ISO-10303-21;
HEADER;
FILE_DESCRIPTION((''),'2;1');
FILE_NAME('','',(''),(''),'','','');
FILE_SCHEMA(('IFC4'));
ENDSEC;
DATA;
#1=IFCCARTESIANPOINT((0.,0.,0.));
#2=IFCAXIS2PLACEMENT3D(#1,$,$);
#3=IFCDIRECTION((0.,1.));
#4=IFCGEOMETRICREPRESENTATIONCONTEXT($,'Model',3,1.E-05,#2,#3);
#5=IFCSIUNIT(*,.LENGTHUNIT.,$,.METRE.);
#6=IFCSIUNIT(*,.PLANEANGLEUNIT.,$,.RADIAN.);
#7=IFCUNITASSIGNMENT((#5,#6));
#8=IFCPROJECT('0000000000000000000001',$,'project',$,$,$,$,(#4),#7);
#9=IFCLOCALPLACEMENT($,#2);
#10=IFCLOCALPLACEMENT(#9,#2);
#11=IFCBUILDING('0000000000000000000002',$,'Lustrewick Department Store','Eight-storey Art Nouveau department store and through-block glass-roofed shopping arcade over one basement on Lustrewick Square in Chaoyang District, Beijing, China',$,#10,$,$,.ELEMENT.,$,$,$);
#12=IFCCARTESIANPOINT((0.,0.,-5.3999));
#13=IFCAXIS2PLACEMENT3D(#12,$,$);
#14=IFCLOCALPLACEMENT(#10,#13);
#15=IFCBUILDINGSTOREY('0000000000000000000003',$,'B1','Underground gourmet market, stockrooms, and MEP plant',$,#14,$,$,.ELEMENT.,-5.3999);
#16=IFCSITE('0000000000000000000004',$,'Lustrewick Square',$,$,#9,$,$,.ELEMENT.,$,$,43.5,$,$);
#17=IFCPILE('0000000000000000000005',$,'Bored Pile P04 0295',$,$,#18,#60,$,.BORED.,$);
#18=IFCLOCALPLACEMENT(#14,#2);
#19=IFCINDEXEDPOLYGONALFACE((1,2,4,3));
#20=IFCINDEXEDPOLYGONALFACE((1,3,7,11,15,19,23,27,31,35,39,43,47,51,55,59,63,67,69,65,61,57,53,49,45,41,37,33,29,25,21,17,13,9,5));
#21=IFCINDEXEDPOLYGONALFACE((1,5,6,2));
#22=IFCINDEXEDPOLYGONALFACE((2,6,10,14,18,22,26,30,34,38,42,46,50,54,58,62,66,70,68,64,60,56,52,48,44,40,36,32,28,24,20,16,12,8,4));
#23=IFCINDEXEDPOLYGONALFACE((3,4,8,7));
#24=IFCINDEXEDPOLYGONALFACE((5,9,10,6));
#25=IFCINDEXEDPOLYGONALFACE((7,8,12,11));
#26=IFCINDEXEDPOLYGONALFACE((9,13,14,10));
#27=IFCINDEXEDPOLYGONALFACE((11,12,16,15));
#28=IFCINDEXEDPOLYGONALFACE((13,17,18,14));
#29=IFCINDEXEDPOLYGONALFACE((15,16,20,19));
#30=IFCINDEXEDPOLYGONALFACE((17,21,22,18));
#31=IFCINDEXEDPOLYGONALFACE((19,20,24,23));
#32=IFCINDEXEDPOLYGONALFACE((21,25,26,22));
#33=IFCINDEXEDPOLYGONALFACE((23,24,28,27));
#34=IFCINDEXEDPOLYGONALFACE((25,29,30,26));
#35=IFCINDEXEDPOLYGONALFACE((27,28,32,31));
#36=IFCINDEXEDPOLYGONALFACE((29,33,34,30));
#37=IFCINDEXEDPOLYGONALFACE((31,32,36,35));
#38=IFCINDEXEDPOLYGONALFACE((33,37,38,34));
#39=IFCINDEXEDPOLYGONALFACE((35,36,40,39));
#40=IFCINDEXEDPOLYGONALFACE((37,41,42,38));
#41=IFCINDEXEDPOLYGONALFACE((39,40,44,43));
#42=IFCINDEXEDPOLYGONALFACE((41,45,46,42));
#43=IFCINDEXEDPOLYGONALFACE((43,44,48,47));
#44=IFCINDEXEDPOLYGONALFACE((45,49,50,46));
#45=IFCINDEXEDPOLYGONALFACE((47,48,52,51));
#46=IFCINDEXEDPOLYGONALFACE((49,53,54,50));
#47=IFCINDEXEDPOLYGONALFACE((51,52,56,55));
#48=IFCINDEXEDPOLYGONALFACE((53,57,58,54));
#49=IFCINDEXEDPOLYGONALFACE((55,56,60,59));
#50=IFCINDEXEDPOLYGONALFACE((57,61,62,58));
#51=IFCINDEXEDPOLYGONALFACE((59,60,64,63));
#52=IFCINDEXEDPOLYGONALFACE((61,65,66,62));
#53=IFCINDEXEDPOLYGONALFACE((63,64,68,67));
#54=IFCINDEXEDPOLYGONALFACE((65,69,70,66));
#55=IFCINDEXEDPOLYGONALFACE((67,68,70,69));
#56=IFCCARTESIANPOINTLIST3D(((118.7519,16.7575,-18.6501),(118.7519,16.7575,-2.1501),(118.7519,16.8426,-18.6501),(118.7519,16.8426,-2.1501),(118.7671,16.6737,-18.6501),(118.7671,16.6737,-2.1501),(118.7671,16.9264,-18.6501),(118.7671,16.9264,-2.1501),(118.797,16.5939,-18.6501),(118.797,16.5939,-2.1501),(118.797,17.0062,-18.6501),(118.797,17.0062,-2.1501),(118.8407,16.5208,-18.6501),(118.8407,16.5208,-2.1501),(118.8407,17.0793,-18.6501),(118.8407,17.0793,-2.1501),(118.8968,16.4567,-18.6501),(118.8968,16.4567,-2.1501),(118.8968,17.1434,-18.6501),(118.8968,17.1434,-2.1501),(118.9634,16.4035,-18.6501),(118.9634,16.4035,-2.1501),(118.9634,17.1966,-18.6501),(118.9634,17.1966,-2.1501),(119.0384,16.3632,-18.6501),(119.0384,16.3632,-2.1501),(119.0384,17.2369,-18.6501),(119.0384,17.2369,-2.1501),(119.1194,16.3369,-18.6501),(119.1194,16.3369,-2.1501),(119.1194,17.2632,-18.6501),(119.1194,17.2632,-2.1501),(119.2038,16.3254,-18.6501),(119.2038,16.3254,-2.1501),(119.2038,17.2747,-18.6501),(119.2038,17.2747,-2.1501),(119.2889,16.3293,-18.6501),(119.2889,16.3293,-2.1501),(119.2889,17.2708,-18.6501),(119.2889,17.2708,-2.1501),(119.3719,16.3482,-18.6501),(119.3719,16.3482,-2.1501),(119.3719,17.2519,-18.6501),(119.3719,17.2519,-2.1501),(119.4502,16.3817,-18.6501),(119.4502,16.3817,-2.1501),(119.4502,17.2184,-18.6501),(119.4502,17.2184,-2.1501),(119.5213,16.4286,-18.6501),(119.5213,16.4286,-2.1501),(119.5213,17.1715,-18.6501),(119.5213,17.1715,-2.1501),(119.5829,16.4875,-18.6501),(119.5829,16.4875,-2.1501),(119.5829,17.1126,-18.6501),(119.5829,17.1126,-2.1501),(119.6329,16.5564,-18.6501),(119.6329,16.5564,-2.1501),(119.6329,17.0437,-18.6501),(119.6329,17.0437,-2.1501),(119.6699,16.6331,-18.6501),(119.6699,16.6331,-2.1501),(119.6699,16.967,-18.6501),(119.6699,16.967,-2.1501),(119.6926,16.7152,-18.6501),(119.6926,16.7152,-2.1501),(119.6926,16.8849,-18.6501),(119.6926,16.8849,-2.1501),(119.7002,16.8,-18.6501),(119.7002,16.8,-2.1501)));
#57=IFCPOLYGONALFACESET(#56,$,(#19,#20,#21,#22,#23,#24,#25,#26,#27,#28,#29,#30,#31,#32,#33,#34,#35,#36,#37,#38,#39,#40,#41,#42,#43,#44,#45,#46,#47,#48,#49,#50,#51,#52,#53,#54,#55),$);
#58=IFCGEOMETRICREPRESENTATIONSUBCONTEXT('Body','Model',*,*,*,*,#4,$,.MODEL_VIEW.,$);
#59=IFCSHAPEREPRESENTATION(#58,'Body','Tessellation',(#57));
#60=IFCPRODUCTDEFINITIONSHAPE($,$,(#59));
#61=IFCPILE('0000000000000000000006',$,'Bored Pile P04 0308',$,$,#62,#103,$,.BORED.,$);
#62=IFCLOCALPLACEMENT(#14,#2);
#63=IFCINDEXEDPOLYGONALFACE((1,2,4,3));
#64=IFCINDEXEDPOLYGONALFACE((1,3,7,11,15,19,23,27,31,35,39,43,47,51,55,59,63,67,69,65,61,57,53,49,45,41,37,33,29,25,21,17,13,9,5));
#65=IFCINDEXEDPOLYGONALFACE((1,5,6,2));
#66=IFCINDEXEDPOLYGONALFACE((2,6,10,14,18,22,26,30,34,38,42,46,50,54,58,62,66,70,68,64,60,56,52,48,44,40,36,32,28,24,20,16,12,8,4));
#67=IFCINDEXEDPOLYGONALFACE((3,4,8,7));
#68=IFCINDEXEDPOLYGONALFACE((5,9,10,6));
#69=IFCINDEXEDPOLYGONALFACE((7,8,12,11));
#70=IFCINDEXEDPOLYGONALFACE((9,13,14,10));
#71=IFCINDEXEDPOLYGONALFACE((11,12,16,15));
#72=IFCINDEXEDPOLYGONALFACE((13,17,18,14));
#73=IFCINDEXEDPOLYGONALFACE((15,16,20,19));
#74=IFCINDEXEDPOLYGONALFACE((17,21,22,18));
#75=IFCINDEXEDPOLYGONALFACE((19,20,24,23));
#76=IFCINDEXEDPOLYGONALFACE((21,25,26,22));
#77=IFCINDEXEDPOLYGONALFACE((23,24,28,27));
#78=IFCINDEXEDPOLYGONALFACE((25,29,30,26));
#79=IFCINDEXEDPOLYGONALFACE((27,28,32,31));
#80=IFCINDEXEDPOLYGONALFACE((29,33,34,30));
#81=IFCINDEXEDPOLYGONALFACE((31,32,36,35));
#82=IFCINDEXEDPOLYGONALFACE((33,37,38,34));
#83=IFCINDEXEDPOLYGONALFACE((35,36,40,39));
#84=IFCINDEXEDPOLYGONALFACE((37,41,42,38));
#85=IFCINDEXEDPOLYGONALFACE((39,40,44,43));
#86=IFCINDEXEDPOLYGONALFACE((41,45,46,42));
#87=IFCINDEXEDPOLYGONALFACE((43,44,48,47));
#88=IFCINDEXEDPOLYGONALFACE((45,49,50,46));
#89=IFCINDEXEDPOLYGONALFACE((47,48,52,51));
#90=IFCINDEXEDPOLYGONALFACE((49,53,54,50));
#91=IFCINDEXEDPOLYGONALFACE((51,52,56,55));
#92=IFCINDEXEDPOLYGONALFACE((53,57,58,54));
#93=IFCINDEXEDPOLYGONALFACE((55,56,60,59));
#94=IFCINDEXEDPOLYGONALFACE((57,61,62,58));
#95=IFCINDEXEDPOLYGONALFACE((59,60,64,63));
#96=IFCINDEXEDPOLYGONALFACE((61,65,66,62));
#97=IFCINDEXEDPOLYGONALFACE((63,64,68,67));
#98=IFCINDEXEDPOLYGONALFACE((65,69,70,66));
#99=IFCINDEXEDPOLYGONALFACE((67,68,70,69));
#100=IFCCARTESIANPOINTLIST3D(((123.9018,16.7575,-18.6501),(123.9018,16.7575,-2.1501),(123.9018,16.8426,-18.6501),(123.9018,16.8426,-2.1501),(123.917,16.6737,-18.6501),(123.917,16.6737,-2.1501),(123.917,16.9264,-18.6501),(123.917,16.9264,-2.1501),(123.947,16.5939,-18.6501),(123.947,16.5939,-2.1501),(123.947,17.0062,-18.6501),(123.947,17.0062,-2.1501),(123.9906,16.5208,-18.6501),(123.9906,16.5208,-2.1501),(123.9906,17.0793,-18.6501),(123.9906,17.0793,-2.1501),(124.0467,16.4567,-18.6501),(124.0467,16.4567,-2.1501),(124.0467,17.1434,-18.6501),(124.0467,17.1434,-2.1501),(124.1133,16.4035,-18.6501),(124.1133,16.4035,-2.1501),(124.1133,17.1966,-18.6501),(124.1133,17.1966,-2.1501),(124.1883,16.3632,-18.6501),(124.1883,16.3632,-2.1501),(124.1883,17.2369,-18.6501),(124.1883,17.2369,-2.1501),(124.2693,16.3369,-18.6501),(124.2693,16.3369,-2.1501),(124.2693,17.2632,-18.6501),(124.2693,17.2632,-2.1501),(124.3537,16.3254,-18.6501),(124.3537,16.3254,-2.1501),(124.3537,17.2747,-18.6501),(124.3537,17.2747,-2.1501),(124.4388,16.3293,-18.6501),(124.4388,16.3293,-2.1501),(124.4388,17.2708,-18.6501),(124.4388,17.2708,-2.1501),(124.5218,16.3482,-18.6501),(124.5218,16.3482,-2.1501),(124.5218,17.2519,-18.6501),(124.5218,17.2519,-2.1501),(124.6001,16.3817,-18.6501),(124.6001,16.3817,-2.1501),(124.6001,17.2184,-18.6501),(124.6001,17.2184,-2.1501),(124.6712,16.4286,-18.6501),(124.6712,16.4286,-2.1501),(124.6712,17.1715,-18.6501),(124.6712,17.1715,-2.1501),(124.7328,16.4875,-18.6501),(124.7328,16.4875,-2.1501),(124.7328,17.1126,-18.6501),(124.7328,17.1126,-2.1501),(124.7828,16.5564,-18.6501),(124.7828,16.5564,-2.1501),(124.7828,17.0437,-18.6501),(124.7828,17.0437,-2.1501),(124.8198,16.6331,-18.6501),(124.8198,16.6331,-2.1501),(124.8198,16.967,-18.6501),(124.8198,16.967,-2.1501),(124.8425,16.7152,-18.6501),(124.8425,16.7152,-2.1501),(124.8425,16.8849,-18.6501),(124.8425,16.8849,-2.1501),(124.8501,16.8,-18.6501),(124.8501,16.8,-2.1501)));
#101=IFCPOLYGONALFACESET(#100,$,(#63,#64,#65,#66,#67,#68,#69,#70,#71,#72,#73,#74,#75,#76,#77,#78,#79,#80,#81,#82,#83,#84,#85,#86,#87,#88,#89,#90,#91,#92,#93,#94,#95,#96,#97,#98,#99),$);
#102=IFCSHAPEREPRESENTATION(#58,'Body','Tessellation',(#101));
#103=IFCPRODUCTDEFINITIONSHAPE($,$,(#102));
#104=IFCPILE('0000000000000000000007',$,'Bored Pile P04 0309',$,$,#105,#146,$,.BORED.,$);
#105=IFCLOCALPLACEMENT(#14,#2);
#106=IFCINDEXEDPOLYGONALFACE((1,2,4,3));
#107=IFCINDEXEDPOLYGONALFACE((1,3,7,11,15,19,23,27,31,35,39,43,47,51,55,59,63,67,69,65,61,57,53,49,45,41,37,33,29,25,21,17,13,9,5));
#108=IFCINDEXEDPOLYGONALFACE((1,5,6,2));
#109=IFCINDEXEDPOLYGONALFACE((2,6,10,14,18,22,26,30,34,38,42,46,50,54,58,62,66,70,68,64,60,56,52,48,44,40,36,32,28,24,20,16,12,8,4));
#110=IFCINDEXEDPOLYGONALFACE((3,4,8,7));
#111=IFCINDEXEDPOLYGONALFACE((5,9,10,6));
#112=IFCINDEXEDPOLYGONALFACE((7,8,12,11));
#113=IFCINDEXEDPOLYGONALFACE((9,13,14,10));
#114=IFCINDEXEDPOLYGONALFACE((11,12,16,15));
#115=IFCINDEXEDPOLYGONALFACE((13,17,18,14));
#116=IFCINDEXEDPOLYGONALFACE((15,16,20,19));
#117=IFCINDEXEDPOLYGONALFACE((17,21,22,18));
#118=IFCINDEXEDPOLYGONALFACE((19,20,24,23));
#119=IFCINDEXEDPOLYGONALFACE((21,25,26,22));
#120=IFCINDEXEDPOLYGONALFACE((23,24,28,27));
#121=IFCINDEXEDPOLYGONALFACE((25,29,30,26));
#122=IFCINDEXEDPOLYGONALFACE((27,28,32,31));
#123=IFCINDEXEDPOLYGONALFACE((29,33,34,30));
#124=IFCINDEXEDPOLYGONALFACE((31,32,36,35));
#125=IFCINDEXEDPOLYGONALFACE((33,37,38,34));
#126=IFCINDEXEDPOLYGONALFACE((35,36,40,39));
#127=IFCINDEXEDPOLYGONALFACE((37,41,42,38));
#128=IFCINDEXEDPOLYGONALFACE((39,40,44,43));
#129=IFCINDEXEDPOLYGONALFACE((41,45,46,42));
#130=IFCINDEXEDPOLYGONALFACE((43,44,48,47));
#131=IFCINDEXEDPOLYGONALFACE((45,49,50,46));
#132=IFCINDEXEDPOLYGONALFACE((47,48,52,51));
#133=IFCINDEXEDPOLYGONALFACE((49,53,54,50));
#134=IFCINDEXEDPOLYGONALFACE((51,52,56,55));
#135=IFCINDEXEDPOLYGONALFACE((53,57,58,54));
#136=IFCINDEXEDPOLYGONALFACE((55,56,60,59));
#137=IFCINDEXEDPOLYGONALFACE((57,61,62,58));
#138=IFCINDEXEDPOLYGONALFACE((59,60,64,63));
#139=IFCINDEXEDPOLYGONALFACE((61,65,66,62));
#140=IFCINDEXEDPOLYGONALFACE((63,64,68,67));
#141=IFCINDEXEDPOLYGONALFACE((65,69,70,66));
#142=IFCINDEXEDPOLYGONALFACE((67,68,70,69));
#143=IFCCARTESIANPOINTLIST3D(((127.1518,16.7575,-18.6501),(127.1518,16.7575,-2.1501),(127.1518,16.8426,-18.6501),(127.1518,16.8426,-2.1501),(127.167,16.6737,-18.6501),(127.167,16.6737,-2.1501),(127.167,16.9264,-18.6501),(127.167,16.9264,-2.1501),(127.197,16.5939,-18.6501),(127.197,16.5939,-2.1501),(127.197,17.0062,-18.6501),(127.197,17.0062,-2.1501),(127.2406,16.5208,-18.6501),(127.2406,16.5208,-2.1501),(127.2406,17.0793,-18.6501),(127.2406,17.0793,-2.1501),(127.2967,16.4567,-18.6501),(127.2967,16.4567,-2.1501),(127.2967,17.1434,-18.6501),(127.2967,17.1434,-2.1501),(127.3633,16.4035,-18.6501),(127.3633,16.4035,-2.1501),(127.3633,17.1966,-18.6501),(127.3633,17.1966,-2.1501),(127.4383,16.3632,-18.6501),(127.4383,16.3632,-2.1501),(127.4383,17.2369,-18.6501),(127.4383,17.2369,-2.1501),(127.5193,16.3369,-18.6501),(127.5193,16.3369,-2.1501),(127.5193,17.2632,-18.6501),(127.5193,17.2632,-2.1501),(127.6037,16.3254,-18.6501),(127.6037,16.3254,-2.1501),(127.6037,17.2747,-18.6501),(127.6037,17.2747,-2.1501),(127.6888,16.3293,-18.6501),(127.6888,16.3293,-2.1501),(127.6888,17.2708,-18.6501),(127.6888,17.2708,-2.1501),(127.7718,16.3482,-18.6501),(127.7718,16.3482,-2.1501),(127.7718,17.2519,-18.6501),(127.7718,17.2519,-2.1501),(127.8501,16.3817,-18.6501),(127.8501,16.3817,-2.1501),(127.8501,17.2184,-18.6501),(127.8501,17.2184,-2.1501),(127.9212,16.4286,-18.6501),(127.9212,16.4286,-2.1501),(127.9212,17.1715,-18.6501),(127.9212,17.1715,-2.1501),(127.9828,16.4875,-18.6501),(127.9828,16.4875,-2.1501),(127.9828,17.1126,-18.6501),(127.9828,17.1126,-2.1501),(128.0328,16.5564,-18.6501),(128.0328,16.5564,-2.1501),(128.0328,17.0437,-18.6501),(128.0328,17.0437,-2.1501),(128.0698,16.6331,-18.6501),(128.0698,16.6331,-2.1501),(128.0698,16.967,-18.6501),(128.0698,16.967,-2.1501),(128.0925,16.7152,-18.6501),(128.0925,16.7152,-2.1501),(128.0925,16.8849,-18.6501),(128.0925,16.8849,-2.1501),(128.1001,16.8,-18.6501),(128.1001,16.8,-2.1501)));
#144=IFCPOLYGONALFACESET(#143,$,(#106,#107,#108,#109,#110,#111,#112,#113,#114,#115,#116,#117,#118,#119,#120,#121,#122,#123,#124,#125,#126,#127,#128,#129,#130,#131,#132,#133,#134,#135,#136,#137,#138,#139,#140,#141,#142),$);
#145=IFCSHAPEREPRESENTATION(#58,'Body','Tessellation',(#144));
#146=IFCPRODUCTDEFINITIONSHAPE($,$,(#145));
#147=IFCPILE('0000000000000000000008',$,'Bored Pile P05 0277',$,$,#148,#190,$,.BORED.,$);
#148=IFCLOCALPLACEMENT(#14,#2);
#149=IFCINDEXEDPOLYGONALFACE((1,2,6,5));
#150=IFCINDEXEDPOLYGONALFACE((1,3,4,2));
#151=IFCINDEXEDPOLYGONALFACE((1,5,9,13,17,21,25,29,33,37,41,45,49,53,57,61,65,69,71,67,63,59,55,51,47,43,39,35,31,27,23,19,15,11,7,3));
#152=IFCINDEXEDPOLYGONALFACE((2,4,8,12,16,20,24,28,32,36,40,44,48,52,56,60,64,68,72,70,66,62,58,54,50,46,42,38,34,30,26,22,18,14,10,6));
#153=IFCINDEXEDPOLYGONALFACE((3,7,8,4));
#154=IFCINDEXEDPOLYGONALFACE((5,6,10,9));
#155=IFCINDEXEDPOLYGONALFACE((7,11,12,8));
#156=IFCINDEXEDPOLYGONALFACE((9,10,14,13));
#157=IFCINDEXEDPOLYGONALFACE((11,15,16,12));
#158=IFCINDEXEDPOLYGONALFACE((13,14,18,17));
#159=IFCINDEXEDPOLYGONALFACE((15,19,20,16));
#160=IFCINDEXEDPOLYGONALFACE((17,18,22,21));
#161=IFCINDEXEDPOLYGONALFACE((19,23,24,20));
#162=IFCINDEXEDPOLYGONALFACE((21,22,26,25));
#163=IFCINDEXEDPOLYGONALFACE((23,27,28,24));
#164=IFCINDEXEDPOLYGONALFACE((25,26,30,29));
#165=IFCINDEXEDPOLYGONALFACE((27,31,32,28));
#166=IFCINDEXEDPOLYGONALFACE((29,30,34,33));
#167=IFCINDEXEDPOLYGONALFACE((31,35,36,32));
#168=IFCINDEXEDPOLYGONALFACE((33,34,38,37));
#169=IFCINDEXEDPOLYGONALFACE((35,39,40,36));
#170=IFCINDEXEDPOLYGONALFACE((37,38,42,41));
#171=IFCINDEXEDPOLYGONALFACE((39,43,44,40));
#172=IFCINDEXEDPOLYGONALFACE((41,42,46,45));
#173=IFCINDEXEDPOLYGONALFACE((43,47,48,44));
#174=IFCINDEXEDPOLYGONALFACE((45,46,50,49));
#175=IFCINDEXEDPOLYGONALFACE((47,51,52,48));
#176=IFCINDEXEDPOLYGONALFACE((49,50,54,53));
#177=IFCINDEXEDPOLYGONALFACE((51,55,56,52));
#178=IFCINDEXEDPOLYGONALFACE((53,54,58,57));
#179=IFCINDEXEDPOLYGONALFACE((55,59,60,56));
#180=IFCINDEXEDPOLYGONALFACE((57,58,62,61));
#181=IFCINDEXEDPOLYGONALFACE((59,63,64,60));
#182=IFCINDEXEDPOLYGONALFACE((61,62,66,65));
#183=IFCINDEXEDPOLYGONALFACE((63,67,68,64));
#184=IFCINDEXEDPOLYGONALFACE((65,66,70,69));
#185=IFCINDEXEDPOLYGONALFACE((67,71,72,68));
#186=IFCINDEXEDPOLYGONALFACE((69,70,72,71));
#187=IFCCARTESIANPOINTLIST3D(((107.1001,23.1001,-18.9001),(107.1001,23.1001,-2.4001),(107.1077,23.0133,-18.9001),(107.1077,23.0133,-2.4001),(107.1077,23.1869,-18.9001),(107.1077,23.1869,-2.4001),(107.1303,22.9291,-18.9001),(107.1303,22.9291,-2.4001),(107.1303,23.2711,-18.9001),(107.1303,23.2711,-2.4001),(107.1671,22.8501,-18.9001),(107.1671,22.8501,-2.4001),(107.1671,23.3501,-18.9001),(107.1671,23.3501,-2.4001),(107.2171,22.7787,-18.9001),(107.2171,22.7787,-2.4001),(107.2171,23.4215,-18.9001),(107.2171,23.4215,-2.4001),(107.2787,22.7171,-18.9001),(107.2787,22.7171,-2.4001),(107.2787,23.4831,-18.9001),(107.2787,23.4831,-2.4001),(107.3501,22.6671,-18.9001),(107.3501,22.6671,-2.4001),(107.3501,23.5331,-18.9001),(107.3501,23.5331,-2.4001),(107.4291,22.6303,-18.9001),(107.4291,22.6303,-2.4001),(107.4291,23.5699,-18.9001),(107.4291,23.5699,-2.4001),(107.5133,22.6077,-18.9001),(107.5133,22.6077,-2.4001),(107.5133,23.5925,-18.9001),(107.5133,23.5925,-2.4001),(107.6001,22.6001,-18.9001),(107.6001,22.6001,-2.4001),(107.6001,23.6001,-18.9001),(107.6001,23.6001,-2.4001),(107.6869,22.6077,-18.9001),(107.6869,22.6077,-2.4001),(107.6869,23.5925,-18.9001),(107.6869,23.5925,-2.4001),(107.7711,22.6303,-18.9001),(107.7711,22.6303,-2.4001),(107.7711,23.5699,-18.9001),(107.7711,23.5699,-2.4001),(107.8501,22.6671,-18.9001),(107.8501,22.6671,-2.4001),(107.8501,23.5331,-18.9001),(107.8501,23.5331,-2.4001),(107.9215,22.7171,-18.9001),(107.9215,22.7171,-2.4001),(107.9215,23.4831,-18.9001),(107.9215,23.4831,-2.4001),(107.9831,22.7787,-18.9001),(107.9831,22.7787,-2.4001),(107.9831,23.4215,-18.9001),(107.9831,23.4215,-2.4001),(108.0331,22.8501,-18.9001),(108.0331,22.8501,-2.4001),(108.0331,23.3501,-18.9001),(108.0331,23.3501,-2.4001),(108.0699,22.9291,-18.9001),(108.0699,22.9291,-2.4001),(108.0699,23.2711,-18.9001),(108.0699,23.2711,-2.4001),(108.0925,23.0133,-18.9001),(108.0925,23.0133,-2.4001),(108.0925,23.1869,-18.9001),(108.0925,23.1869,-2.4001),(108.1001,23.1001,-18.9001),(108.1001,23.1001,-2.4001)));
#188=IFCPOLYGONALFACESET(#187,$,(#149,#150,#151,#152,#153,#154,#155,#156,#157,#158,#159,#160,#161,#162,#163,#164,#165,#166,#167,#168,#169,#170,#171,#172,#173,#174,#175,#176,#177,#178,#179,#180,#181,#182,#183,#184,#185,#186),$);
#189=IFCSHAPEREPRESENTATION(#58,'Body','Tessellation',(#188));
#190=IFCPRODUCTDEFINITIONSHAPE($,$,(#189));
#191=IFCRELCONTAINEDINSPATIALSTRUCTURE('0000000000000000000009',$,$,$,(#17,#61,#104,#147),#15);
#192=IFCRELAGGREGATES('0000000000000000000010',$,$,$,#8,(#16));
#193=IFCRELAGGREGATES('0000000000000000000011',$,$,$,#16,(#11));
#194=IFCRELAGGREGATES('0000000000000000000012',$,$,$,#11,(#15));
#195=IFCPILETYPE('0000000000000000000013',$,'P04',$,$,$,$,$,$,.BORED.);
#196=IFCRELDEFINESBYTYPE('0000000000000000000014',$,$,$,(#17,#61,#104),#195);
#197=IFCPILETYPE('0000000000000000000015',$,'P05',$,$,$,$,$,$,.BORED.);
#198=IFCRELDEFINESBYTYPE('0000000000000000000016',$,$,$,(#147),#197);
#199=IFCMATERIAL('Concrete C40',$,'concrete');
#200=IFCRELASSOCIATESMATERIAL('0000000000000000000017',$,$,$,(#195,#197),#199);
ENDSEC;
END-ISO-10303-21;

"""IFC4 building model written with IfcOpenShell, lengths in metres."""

from ifc_helpers import new_model, si_unit, direction, frame, origin, origin_2d, place, context, subcontext, project, spatial, circle, extrude, material, material_profile, profile_set, type_object, element, save


model = new_model("IFC4")

# Units and contexts
model_context = context("Model", 3, precision=1e-05, world=origin(), true_north=direction((0.0, 1.0)))
body_context = subcontext(model_context, "Body", "Model", "MODEL_VIEW")
ifc_project = project(units=[si_unit("LENGTHUNIT", "METRE"), si_unit("PLANEANGLEUNIT", "RADIAN")], contexts=[model_context])

# Site, building, storey
site_placement = place(None, origin())
site = spatial("IfcSite", under=ifc_project, at=site_placement, Name="Lustrewick Square", CompositionType="ELEMENT", RefElevation=43.5)
building_placement = place(site_placement, origin())
building = spatial("IfcBuilding", under=site, at=building_placement, Name="Lustrewick Department Store", Description="Eight-storey Art Nouveau department store and through-block glass-roofed shopping arcade over one basement on Lustrewick Square in Chaoyang District, Beijing, China", CompositionType="ELEMENT")
storey_placement = place(building_placement, frame((0.0, 0.0, -5.3999)))
storey = spatial("IfcBuildingStorey", under=building, at=storey_placement, Name="B1", Description="Underground gourmet market, stockrooms, and MEP plant", CompositionType="ELEMENT", Elevation=-5.3999)

# Piles
ifc_material_1 = material(Name="Concrete C40", Category="concrete")
ifc_material_profile_1 = material_profile(ifc_material_1, circle(Radius=0.4751, at=origin_2d()), Name="PILE D950")
ifc_profile_set_1 = profile_set([ifc_material_profile_1], Name="Concrete C40")
pile_type_1 = type_object("IfcPileType", Name="P04", PredefinedType="BORED", material=ifc_profile_set_1)
for number, where, z_axis, x_axis, name in (
    (1, (119.2251, 16.8, -2.1501), (0.0, 0.0, -1.0), (1.0, 0.0, 0.0), "Bored Pile P04 0295"),
    (2, (124.375, 16.8, -2.1501), (0.0, 0.0, -1.0), (1.0, 0.0, 0.0), "Bored Pile P04 0308"),
    (3, (127.625, 16.8, -2.1501), (0.0, 0.0, -1.0), (1.0, 0.0, 0.0), "Bored Pile P04 0309"),
):
    element("IfcPile", number, at=place(storey_placement, frame(where, z_axis=z_axis, x_axis=x_axis)), inside=storey, type_object=pile_type_1, Name=name, PredefinedType="BORED", context=body_context, shape_type="SweptSolid", body=[
        extrude(circle(Radius=0.4751, at=origin_2d()), origin(), (0.0, 0.0, 1.0), 16.5),
    ])
ifc_material_profile_2 = material_profile(ifc_material_1, circle(Radius=0.5, at=origin_2d()), Name="PILE D1000")
ifc_profile_set_2 = profile_set([ifc_material_profile_2], Name="Concrete C40")
pile_type_2 = type_object("IfcPileType", Name="P05", PredefinedType="BORED", material=ifc_profile_set_2)
for number, where, z_axis, x_axis, name in (
    (4, (107.6001, 23.1001, -2.4001), (0.0, 0.0, -1.0), (1.0, 0.0, 0.0), "Bored Pile P05 0277"),
):
    element("IfcPile", number, at=place(storey_placement, frame(where, z_axis=z_axis, x_axis=x_axis)), inside=storey, type_object=pile_type_2, Name=name, PredefinedType="BORED", context=body_context, shape_type="SweptSolid", body=[
        extrude(circle(Radius=0.5, at=origin_2d()), origin(), (0.0, 0.0, 1.0), 16.5),
    ])

save(model, "model.ifc")
